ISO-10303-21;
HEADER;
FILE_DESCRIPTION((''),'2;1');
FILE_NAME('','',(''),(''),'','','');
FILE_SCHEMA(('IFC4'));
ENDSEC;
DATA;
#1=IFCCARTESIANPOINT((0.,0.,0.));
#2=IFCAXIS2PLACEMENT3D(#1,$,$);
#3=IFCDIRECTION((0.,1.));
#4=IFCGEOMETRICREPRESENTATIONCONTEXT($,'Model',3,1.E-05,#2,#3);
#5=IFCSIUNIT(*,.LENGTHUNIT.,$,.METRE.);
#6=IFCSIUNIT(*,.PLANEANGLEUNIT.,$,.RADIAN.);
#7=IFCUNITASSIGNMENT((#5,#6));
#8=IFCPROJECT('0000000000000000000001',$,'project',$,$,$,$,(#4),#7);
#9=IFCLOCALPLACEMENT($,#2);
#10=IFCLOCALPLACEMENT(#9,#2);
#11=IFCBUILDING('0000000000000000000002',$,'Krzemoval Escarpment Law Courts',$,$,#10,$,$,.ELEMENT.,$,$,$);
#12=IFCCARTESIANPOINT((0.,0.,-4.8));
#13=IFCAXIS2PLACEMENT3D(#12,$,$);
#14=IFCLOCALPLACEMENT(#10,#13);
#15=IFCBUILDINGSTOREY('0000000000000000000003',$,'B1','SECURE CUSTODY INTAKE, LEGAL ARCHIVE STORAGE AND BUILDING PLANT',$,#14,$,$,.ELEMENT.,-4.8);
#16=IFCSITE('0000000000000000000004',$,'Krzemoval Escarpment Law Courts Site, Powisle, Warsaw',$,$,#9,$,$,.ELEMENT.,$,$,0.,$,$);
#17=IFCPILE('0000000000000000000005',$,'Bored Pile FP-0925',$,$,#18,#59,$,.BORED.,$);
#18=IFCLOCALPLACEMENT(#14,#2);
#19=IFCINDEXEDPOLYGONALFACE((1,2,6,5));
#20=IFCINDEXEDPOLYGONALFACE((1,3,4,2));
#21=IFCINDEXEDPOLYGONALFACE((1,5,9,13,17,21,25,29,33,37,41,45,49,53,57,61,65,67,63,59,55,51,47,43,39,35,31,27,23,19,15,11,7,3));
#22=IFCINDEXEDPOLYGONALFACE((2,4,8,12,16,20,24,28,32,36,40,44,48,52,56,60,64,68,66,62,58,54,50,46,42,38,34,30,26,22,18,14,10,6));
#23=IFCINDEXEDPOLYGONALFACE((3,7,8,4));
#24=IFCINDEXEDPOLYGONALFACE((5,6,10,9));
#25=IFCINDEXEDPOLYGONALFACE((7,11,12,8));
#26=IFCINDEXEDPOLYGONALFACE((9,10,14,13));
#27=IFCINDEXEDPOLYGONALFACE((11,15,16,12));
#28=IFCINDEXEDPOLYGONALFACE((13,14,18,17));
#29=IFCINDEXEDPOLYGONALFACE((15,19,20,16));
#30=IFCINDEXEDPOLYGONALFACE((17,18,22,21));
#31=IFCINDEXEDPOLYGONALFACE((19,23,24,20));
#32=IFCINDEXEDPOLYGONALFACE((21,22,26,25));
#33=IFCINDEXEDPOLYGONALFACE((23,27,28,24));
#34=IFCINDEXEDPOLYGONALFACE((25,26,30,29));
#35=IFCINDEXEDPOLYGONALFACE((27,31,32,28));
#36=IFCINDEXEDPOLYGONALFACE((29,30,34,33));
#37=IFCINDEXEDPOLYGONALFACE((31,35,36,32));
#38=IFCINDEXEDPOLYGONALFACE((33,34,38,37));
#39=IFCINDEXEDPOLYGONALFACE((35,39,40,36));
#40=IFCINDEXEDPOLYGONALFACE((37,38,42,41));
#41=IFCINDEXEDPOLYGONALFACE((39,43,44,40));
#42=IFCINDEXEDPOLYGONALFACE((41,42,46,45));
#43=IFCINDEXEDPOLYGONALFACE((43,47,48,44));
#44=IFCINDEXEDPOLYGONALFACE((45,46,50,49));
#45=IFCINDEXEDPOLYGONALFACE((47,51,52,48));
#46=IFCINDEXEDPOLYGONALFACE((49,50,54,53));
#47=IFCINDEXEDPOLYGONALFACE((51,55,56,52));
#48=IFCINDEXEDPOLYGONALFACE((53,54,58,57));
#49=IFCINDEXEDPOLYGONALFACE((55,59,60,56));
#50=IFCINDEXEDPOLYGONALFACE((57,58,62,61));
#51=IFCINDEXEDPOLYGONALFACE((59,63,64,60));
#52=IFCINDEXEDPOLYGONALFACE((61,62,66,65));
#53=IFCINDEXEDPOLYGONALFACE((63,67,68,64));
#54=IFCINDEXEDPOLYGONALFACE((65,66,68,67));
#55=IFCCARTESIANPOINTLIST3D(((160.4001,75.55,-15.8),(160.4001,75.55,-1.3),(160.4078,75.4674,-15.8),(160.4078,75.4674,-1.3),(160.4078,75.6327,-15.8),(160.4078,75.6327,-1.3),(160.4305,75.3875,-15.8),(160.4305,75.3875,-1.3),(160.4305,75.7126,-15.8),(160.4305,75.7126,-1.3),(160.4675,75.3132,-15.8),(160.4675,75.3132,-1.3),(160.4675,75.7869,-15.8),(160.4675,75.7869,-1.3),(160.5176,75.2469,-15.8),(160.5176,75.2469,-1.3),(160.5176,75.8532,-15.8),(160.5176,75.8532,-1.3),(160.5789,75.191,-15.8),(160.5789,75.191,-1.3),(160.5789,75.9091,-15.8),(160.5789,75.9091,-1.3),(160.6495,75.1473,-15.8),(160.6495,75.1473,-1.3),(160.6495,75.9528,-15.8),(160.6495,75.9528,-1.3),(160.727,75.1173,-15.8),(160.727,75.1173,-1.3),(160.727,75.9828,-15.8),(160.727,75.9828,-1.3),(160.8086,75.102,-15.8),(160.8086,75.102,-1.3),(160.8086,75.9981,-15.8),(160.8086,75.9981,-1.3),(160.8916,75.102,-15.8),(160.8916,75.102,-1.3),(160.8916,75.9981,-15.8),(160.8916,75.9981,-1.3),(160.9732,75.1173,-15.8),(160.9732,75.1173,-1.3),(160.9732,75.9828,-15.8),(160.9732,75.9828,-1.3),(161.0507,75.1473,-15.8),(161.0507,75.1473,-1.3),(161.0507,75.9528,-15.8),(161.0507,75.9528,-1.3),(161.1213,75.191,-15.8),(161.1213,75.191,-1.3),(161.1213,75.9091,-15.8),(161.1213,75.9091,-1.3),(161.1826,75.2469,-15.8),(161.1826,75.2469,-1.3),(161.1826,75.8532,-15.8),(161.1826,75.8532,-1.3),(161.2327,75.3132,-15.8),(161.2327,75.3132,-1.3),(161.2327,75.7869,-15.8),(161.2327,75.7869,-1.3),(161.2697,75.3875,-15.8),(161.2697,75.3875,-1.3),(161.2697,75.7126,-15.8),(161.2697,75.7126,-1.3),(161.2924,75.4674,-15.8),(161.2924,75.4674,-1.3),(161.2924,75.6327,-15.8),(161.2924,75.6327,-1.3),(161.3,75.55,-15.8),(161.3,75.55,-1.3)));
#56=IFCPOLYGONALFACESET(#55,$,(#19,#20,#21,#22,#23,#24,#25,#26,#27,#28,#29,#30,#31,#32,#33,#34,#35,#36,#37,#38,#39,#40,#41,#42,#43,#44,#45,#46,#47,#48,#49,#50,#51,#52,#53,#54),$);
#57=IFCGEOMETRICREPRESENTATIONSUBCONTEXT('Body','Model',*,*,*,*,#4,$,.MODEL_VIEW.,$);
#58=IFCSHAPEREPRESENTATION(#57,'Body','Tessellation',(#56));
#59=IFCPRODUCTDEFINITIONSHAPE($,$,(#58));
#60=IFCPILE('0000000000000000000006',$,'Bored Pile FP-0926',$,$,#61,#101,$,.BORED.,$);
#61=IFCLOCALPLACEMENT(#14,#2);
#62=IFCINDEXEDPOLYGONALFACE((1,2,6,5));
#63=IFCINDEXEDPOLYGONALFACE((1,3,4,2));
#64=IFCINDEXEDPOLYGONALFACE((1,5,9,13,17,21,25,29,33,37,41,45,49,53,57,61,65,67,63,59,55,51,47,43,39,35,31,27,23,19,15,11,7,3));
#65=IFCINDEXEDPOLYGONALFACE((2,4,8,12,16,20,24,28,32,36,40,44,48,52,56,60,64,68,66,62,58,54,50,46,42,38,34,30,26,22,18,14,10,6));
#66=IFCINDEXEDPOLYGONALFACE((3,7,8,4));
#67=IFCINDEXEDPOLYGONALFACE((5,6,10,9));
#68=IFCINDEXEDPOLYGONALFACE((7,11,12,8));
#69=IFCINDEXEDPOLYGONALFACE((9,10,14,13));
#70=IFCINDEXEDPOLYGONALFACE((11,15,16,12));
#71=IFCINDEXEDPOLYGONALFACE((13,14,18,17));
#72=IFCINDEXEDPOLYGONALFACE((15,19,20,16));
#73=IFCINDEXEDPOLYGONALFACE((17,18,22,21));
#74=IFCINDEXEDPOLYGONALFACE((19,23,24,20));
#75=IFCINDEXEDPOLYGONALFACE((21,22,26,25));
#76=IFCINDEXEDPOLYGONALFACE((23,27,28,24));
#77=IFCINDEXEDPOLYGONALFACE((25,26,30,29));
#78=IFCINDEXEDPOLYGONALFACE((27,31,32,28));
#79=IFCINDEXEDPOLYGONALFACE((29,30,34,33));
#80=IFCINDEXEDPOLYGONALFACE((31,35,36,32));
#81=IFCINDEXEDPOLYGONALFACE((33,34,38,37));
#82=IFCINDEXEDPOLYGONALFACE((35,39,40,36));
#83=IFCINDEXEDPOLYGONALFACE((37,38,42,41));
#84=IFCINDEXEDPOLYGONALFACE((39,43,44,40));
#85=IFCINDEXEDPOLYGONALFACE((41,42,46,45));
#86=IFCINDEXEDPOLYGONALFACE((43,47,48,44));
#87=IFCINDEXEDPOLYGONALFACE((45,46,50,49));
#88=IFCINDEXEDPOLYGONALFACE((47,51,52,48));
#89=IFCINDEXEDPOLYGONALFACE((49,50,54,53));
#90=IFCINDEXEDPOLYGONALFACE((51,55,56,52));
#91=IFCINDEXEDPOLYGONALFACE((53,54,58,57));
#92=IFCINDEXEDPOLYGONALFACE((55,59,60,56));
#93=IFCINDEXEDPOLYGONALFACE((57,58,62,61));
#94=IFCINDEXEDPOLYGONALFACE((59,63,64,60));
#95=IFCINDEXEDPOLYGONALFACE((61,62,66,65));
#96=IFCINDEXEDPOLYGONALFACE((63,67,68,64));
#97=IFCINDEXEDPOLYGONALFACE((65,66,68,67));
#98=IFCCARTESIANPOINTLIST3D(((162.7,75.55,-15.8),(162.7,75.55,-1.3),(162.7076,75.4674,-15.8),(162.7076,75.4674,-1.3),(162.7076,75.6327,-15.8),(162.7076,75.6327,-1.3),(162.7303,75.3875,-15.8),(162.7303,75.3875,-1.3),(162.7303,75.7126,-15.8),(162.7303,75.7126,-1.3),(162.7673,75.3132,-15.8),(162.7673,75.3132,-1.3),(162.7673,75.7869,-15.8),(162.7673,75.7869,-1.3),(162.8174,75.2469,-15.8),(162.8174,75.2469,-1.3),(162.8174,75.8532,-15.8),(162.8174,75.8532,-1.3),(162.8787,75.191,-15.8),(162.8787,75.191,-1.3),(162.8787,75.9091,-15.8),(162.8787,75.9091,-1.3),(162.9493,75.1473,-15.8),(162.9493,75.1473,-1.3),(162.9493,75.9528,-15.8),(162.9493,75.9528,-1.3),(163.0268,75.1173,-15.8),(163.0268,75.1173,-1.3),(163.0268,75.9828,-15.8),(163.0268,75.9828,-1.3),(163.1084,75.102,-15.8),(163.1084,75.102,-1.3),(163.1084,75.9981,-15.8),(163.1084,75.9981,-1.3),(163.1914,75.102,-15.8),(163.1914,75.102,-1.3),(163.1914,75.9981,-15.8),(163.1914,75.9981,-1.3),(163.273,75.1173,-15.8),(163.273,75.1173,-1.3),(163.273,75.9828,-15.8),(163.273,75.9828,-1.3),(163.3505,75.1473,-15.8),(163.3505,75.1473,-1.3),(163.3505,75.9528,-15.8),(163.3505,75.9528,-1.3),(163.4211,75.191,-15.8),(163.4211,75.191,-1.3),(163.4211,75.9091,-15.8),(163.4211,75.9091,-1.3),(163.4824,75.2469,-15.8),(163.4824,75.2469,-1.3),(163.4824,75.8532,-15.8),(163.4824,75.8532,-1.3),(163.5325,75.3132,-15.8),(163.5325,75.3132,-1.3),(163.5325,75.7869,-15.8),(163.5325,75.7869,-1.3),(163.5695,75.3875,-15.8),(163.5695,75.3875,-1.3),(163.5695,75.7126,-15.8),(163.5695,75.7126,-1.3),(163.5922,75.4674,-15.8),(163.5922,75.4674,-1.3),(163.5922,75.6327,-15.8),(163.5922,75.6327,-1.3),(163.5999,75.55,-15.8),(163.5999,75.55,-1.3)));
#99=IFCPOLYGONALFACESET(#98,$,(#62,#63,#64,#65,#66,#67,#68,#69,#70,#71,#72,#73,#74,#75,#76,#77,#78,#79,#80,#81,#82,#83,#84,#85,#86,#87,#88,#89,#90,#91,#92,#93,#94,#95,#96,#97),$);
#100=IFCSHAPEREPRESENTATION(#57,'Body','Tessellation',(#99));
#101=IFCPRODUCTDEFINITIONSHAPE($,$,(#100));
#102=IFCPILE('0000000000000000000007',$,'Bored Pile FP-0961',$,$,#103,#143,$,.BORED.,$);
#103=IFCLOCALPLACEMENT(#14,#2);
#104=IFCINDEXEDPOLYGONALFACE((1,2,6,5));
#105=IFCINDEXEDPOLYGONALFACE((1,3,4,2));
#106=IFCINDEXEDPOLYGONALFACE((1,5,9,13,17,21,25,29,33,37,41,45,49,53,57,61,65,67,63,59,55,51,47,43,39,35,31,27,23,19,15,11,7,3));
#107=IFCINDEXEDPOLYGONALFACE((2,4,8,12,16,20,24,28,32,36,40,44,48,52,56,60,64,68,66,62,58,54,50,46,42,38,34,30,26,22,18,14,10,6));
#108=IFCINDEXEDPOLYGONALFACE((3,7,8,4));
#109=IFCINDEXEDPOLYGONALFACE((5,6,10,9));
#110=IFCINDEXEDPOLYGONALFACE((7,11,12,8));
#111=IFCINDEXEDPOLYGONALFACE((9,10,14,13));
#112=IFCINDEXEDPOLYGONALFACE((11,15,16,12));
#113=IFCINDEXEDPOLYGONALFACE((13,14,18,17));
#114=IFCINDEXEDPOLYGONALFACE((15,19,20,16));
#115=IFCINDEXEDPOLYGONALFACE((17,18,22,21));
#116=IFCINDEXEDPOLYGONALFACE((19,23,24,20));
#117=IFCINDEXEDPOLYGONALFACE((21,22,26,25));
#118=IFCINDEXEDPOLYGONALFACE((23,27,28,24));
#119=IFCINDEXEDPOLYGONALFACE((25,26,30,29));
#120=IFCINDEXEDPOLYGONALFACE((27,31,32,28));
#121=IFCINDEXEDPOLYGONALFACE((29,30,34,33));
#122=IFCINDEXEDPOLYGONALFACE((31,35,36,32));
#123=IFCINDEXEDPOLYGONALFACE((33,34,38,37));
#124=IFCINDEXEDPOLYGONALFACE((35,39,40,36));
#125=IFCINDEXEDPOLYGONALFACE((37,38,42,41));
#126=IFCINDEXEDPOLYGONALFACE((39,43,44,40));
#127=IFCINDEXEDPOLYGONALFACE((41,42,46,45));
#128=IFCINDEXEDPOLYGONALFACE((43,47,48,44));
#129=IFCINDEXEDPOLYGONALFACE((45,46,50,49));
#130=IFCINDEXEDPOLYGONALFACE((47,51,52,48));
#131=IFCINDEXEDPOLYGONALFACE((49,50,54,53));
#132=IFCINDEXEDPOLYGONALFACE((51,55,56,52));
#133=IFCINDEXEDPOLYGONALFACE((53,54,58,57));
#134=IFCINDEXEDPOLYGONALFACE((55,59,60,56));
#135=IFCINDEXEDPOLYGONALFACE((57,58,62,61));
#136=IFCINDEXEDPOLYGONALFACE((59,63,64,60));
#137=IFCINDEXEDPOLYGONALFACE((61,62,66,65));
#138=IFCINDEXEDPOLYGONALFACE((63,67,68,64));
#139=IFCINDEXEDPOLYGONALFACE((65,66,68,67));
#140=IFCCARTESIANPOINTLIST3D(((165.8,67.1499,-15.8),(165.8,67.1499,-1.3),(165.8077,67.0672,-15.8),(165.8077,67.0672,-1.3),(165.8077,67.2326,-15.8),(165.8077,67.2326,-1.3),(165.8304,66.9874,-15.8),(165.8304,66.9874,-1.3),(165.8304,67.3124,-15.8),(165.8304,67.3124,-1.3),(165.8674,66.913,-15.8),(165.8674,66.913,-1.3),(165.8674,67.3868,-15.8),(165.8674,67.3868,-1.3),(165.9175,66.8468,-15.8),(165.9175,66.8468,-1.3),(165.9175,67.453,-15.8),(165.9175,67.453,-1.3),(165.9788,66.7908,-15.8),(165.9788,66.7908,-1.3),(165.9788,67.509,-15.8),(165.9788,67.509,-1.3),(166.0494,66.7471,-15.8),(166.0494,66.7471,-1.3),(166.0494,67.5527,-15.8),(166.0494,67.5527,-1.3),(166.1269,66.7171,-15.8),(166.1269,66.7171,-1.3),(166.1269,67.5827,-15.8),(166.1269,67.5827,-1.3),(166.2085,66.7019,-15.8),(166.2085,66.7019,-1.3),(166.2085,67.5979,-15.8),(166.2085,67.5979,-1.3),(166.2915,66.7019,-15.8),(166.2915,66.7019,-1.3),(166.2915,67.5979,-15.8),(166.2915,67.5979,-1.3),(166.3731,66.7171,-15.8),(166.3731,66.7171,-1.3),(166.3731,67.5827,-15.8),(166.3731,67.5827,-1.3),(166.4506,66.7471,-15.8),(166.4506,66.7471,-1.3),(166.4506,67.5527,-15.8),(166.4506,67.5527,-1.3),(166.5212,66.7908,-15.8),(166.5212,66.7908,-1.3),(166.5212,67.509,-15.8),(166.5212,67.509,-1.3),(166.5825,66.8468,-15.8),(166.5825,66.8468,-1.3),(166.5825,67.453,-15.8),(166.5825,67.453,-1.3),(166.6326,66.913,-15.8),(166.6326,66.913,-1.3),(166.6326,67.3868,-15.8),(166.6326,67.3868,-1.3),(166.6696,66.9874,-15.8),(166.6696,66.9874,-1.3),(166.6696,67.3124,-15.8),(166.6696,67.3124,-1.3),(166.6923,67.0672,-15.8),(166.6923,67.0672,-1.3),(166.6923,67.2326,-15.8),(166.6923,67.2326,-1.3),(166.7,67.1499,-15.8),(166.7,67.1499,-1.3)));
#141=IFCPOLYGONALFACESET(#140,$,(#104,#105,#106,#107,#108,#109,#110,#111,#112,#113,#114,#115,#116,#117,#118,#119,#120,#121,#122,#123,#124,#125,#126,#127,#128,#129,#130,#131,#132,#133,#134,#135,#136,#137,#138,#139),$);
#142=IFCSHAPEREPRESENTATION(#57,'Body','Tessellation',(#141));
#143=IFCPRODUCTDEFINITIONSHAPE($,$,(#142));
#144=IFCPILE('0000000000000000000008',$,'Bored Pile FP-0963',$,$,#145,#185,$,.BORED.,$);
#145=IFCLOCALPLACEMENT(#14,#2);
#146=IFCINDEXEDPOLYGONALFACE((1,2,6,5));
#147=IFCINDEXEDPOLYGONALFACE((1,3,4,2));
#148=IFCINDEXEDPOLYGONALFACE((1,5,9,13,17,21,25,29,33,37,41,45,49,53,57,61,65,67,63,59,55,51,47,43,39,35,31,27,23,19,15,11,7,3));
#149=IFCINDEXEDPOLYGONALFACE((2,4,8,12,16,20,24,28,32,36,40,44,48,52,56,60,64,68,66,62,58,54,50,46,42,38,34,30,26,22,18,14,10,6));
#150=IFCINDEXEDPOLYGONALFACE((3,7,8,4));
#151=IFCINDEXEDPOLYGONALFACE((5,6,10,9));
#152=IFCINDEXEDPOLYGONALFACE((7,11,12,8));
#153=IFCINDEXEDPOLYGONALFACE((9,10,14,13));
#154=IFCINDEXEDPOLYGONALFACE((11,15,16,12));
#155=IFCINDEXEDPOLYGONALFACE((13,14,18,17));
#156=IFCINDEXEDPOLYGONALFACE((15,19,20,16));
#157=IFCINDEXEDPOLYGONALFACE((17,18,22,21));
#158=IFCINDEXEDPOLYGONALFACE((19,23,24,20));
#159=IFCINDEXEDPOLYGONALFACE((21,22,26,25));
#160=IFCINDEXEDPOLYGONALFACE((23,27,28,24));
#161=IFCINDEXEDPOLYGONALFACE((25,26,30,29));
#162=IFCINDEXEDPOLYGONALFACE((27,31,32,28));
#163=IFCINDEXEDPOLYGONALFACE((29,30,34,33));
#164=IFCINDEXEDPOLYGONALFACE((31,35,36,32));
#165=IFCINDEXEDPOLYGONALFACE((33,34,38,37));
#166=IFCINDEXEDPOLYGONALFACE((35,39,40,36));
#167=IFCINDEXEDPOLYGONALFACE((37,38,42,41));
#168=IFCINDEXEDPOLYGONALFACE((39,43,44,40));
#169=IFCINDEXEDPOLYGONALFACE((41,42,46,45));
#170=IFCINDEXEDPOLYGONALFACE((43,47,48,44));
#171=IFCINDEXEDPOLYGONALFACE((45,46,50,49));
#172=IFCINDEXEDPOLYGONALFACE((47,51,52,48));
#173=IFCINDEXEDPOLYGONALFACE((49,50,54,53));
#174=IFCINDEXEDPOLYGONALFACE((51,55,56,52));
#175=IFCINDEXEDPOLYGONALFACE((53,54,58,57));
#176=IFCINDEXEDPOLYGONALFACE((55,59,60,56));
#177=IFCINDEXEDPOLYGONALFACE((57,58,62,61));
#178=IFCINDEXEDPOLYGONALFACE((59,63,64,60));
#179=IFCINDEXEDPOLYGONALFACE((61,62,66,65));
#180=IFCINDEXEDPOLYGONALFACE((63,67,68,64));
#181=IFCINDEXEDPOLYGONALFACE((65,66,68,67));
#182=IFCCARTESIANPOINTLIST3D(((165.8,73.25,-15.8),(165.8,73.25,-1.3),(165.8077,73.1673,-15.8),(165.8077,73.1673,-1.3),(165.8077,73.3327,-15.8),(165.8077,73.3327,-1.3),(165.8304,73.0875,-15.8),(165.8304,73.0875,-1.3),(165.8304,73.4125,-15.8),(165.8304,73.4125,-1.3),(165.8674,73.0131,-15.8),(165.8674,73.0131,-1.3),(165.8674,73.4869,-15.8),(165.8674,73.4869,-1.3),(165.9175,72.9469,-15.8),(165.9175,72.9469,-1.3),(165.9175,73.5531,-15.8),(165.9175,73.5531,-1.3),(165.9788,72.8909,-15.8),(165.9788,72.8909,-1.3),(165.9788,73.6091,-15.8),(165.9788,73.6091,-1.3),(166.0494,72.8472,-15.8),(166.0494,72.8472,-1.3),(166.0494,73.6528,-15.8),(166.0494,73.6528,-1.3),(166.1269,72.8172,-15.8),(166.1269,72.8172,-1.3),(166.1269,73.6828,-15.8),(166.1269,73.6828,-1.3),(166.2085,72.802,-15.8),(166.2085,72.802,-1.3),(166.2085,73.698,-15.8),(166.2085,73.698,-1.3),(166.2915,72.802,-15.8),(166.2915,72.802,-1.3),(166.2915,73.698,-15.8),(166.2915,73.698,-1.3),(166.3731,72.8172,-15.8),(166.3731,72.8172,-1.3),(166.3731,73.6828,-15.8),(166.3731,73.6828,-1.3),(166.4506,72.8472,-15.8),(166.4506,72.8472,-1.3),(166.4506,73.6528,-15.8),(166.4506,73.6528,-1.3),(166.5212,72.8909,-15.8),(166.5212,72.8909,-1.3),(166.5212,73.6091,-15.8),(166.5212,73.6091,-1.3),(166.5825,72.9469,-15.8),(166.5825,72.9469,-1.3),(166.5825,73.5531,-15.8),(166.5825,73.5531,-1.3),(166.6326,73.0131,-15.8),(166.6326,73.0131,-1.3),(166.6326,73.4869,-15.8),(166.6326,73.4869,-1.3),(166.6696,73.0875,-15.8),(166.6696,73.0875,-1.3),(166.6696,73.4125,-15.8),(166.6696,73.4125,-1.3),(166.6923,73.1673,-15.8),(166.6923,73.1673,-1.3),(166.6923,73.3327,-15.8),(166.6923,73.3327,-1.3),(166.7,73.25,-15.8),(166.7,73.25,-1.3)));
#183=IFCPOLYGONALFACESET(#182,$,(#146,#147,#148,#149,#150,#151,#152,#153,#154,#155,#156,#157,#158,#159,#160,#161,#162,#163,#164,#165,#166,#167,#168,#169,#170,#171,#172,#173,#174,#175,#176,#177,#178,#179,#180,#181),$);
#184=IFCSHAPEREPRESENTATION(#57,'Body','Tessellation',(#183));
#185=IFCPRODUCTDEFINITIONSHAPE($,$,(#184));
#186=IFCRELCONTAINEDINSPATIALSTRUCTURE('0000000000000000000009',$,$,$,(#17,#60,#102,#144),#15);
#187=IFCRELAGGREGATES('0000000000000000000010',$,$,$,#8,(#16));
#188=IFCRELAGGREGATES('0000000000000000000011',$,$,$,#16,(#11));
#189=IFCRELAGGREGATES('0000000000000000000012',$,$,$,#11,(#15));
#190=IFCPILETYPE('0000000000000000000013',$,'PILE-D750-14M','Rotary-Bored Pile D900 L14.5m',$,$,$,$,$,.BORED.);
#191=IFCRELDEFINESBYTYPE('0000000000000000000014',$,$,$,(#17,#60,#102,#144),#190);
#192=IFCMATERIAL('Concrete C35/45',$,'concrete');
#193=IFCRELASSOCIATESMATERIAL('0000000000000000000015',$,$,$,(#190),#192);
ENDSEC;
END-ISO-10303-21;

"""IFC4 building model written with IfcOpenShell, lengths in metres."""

from ifc_helpers import new_model, si_unit, direction, frame, origin, origin_2d, place, context, subcontext, project, spatial, circle, extrude, material, material_profile, profile_set, type_object, element, save


model = new_model("IFC4")

# Units and contexts
model_context = context("Model", 3, precision=1e-05, world=origin(), true_north=direction((0.0, 1.0)))
body_context = subcontext(model_context, "Body", "Model", "MODEL_VIEW")
ifc_project = project(units=[si_unit("LENGTHUNIT", "METRE"), si_unit("PLANEANGLEUNIT", "RADIAN")], contexts=[model_context])

# Site, building, storey
site_placement = place(None, origin())
site = spatial("IfcSite", under=ifc_project, at=site_placement, Name="Krzemoval Escarpment Law Courts Site, Powisle, Warsaw", CompositionType="ELEMENT", RefElevation=0.0)
building_placement = place(site_placement, origin())
building = spatial("IfcBuilding", under=site, at=building_placement, Name="Krzemoval Escarpment Law Courts", CompositionType="ELEMENT")
storey_placement = place(building_placement, frame((0.0, 0.0, -4.8)))
storey = spatial("IfcBuildingStorey", under=building, at=storey_placement, Name="B1", Description="SECURE CUSTODY INTAKE, LEGAL ARCHIVE STORAGE AND BUILDING PLANT", CompositionType="ELEMENT", Elevation=-4.8)

# Piles
ifc_material_1 = material(Name="Concrete C35/45", Category="concrete")
ifc_material_profile_1 = material_profile(ifc_material_1, circle(Radius=0.45, at=origin_2d()), Name="PILE D900")
ifc_profile_set_1 = profile_set([ifc_material_profile_1], Name="Concrete C35/45")
pile_type = type_object("IfcPileType", Name="PILE-D750-14M", Description="Rotary-Bored Pile D900 L14.5m", PredefinedType="BORED", material=ifc_profile_set_1)
for number, where, z_axis, x_axis, name in (
    (1, (160.8501, 75.55, -1.3), (0.0, 0.0, -1.0), (1.0, 0.0, 0.0), "Bored Pile FP-0925"),
    (2, (163.1499, 75.55, -1.3), (0.0, 0.0, -1.0), (1.0, 0.0, 0.0), "Bored Pile FP-0926"),
    (3, (166.25, 67.1499, -1.3), (0.0, 0.0, -1.0), (1.0, 0.0, 0.0), "Bored Pile FP-0961"),
    (4, (166.25, 73.25, -1.3), (0.0, 0.0, -1.0), (1.0, 0.0, 0.0), "Bored Pile FP-0963"),
):
    element("IfcPile", number, at=place(storey_placement, frame(where, z_axis=z_axis, x_axis=x_axis)), inside=storey, type_object=pile_type, Name=name, PredefinedType="BORED", context=body_context, shape_type="SweptSolid", body=[
        extrude(circle(Radius=0.45, at=origin_2d()), origin(), (0.0, 0.0, 1.0), 14.5),
    ])

save(model, "model.ifc")
